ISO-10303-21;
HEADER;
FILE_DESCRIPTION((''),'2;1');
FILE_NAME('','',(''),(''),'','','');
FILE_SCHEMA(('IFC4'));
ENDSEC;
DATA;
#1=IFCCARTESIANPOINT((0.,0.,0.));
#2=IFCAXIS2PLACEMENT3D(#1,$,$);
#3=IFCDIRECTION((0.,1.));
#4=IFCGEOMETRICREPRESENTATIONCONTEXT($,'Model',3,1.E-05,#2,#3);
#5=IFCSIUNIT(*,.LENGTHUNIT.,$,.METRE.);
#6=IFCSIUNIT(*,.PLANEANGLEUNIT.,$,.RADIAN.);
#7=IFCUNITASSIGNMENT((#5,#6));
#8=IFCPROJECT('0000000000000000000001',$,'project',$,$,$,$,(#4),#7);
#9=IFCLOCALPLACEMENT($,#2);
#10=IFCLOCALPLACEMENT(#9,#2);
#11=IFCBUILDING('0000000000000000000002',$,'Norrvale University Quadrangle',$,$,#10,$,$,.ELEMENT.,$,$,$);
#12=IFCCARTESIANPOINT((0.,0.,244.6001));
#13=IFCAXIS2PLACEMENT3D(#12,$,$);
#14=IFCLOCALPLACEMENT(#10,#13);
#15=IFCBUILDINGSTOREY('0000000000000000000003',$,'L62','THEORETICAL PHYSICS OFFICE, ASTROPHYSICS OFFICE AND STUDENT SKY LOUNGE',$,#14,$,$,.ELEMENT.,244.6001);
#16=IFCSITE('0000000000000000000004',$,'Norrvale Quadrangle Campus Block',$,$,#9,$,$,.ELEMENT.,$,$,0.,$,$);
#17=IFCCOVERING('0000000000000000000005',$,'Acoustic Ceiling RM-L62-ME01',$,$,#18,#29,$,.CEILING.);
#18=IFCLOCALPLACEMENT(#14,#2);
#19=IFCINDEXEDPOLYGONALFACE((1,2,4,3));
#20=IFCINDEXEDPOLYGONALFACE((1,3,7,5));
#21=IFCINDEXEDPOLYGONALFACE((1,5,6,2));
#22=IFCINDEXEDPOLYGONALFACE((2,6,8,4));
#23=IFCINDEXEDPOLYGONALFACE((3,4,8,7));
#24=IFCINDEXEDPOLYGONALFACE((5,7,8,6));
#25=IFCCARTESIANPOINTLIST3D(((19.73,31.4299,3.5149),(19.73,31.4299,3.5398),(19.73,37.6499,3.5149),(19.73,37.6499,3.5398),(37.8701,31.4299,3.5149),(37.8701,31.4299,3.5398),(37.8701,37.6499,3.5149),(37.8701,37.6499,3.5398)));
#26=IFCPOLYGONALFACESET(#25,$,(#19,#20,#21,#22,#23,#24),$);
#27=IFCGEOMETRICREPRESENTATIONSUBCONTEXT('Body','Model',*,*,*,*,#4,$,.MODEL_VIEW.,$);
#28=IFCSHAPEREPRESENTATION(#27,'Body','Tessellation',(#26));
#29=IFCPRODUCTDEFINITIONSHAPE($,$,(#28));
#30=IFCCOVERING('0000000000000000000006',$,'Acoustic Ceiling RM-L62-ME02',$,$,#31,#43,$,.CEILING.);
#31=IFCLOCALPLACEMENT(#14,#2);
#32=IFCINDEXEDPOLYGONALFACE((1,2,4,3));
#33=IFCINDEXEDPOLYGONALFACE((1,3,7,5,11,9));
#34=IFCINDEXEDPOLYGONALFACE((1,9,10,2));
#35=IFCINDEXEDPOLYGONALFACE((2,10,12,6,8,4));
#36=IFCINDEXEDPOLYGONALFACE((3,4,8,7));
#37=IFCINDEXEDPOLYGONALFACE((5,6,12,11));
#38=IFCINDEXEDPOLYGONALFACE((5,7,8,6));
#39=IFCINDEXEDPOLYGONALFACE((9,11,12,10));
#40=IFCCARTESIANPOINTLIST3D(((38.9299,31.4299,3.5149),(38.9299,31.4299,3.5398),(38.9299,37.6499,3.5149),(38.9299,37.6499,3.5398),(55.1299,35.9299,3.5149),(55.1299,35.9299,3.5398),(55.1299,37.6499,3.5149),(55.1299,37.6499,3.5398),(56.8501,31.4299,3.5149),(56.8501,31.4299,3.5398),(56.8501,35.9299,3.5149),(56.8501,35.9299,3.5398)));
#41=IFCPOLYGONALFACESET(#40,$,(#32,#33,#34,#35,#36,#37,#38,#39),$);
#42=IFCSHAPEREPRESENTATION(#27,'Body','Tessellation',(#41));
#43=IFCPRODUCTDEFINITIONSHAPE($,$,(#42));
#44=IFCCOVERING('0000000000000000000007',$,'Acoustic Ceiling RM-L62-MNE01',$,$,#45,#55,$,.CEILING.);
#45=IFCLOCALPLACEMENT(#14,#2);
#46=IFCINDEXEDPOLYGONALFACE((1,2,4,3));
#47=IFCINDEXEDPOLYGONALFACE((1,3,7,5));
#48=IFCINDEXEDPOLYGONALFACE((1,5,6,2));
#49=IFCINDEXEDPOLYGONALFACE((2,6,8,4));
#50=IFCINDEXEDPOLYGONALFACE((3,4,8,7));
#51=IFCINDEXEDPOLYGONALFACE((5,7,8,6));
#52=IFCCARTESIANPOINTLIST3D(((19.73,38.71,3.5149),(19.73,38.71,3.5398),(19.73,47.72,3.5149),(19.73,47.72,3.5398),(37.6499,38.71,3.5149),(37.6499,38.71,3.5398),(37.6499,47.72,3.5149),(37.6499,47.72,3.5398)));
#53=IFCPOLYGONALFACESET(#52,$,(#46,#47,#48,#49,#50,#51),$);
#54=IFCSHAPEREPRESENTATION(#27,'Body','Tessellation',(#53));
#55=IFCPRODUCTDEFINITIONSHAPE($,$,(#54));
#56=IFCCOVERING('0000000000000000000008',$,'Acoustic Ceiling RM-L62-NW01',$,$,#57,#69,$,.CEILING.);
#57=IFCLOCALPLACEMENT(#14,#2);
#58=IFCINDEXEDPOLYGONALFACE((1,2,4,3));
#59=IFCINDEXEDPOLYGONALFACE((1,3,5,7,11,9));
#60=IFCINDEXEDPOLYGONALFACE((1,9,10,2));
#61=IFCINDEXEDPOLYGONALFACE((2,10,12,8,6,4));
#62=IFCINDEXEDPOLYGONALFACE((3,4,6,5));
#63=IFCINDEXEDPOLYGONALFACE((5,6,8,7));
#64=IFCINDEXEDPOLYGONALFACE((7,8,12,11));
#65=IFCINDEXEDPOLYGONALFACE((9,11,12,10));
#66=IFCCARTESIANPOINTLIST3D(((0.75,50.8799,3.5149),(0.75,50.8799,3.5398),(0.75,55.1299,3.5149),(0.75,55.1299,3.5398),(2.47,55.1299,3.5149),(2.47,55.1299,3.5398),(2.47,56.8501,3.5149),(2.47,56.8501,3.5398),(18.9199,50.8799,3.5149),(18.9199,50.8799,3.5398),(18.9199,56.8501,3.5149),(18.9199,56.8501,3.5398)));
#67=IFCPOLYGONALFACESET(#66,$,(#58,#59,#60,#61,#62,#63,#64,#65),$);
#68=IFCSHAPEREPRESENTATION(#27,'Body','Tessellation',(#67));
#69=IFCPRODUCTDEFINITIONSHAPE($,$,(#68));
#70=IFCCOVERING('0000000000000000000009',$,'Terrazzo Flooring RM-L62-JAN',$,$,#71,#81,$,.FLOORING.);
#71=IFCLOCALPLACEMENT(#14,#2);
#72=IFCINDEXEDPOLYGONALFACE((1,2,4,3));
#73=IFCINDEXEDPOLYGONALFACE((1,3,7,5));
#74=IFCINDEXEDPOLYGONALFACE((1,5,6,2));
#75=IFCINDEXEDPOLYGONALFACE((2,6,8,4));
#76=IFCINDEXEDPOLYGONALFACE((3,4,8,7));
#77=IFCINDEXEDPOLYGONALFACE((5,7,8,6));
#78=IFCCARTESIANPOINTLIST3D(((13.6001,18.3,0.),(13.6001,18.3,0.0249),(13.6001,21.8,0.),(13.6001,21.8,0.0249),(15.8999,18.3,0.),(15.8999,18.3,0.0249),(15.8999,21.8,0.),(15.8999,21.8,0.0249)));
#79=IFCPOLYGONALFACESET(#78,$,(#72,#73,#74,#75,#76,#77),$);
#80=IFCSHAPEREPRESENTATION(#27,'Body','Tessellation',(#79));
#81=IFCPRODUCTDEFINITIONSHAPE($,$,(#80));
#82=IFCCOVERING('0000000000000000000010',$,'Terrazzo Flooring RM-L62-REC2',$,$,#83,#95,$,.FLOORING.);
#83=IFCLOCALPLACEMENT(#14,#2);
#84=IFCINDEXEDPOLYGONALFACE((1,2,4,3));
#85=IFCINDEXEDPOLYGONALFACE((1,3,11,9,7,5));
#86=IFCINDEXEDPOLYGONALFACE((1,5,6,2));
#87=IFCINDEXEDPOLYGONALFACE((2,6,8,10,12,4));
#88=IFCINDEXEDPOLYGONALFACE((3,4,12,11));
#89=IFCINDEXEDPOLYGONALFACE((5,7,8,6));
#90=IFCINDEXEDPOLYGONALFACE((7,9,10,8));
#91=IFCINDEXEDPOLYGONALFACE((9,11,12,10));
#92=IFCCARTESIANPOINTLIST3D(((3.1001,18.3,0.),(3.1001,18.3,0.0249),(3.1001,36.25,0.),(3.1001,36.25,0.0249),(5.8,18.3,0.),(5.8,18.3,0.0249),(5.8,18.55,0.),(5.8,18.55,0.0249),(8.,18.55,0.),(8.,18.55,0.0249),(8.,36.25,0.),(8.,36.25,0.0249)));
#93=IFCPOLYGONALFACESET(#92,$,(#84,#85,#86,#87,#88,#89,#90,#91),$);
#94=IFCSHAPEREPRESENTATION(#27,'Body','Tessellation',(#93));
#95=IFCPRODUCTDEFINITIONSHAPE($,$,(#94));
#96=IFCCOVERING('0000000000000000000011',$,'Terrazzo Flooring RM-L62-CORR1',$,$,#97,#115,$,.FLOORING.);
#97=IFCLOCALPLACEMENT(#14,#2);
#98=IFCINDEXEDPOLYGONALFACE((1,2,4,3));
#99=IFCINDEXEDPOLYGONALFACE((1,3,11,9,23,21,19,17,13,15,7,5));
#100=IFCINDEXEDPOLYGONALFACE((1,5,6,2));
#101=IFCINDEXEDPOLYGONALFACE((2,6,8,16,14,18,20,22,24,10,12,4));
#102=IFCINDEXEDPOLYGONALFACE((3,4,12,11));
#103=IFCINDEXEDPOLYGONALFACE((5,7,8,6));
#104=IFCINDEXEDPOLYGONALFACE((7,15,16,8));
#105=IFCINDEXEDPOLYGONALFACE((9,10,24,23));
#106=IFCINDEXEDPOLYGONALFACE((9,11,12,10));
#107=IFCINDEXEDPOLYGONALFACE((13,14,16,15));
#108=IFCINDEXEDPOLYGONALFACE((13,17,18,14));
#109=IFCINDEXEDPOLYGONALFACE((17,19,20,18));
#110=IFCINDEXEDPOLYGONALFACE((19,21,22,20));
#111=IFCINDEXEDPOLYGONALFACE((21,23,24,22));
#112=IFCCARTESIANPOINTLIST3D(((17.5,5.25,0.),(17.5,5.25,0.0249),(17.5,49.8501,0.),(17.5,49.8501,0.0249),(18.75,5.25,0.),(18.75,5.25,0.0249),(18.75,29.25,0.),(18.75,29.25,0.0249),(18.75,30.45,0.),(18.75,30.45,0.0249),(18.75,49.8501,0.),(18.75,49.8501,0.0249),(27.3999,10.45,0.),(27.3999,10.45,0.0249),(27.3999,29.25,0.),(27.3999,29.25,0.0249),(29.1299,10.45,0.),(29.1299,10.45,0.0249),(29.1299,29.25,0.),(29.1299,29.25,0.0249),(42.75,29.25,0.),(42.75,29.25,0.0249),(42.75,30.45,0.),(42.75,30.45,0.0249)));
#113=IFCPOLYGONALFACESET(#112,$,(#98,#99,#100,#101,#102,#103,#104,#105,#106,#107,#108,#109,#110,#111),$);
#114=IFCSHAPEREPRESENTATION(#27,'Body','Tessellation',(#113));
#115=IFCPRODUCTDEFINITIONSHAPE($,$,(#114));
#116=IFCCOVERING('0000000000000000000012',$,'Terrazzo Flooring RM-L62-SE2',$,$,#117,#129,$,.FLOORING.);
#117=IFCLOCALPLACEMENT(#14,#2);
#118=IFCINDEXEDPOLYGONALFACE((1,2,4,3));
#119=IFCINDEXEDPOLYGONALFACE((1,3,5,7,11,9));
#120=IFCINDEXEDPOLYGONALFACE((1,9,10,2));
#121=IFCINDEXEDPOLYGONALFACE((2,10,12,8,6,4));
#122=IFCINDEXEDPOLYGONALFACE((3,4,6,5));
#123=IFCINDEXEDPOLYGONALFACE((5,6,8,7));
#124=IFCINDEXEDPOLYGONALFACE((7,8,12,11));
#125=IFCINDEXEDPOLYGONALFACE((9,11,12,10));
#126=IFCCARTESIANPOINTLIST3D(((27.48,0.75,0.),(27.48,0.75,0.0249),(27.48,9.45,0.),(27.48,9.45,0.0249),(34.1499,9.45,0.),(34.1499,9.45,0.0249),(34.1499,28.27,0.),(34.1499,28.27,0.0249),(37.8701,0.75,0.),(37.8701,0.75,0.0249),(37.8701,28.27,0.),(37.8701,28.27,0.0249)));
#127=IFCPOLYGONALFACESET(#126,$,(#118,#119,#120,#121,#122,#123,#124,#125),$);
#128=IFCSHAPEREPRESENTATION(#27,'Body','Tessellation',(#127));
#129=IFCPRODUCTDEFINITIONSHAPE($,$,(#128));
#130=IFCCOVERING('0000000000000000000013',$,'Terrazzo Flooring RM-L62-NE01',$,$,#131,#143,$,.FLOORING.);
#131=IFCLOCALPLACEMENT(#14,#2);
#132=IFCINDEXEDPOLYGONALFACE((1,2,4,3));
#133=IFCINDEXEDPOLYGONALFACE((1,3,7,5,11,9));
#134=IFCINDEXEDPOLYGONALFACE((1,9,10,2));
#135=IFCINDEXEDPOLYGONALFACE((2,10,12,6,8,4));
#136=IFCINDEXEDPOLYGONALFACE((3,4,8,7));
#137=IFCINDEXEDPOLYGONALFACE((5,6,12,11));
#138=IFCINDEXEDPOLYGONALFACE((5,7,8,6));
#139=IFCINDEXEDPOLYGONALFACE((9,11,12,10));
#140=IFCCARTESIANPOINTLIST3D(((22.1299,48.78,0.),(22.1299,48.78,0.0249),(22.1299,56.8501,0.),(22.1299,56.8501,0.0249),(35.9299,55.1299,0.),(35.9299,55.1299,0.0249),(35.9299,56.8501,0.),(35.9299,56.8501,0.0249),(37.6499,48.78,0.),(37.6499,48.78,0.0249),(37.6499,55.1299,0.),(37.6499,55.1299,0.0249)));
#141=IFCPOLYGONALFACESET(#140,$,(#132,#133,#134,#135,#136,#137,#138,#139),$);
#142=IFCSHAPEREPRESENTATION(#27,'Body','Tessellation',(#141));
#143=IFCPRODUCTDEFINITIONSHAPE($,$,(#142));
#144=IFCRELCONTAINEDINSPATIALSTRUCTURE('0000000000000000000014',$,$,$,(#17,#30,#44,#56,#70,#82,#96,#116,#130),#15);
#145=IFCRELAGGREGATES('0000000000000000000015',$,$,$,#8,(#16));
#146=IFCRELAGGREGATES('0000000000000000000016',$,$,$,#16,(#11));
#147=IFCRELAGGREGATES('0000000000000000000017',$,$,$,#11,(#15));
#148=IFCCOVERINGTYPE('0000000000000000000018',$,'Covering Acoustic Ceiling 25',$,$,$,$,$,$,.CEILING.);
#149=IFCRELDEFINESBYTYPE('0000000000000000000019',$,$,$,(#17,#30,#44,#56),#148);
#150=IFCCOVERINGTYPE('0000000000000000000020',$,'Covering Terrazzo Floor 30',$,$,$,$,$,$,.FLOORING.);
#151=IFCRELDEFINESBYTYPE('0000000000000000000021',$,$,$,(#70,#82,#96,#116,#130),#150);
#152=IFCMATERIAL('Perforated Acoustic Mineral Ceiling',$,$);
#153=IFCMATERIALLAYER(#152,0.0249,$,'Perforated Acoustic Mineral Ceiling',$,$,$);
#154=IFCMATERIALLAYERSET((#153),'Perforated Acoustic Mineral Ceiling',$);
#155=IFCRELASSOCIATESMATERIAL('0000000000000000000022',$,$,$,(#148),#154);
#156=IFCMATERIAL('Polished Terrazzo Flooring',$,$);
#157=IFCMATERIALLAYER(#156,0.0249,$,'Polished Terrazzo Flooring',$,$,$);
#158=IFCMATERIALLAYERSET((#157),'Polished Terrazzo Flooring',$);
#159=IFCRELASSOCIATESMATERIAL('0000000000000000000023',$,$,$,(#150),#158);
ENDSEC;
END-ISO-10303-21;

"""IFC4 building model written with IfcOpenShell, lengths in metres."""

from ifc_helpers import new_model, si_unit, direction, frame, origin, place, context, subcontext, project, spatial, polyline, outline, extrude, material, layer, layer_set, type_object, element, save


model = new_model("IFC4")

# Units and contexts
model_context = context("Model", 3, precision=1e-05, world=origin(), true_north=direction((0.0, 1.0)))
body_context = subcontext(model_context, "Body", "Model", "MODEL_VIEW")
ifc_project = project(units=[si_unit("LENGTHUNIT", "METRE"), si_unit("PLANEANGLEUNIT", "RADIAN")], contexts=[model_context])

# Site, building, storey
site_placement = place(None, origin())
site = spatial("IfcSite", under=ifc_project, at=site_placement, Name="Norrvale Quadrangle Campus Block", CompositionType="ELEMENT", RefElevation=0.0)
building_placement = place(site_placement, origin())
building = spatial("IfcBuilding", under=site, at=building_placement, Name="Norrvale University Quadrangle", CompositionType="ELEMENT")
storey_placement = place(building_placement, frame((0.0, 0.0, 244.6001)))
storey = spatial("IfcBuildingStorey", under=building, at=storey_placement, Name="L62", Description="THEORETICAL PHYSICS OFFICE, ASTROPHYSICS OFFICE AND STUDENT SKY LOUNGE", CompositionType="ELEMENT", Elevation=244.6001)

# Coverings
ifc_material_1 = material(Name="Perforated Acoustic Mineral Ceiling")
ifc_layer_1 = layer(ifc_material_1, 0.0249, Name="Perforated Acoustic Mineral Ceiling")
ifc_layer_set_1 = layer_set([ifc_layer_1], Name="Perforated Acoustic Mineral Ceiling")
covering_type_1 = type_object("IfcCoveringType", Name="Covering Acoustic Ceiling 25", PredefinedType="CEILING", material=ifc_layer_set_1)
covering_1_placement = place(storey_placement, frame((0.0, 0.0, 3.5149)))
element("IfcCovering", 1, at=covering_1_placement, inside=storey, type_object=covering_type_1, Name="Acoustic Ceiling RM-L62-ME01", PredefinedType="CEILING", context=body_context, shape_type="SweptSolid", body=[
    extrude(outline(polyline([(19.73, 37.6499), (37.8701, 37.6499), (37.8701, 31.4299), (19.73, 31.4299), (19.73, 37.6499)])), origin(), (0.0, 0.0, 1.0), 0.0249),
])
covering_2_placement = place(storey_placement, frame((0.0, 0.0, 3.5149)))
element("IfcCovering", 2, at=covering_2_placement, inside=storey, type_object=covering_type_1, Name="Acoustic Ceiling RM-L62-ME02", PredefinedType="CEILING", context=body_context, shape_type="SweptSolid", body=[
    extrude(outline(polyline([(56.8501, 31.4299), (38.9299, 31.4299), (38.9299, 37.6499), (55.1299, 37.6499), (55.1299, 35.9299), (56.8501, 35.9299), (56.8501, 31.4299)])), origin(), (0.0, 0.0, 1.0), 0.0249),
])
covering_3_placement = place(storey_placement, frame((0.0, 0.0, 3.5149)))
element("IfcCovering", 3, at=covering_3_placement, inside=storey, type_object=covering_type_1, Name="Acoustic Ceiling RM-L62-MNE01", PredefinedType="CEILING", context=body_context, shape_type="SweptSolid", body=[
    extrude(outline(polyline([(19.73, 47.72), (37.6499, 47.72), (37.6499, 38.71), (19.73, 38.71), (19.73, 47.72)])), origin(), (0.0, 0.0, 1.0), 0.0249),
])
covering_4_placement = place(storey_placement, frame((0.0, 0.0, 3.5149)))
element("IfcCovering", 4, at=covering_4_placement, inside=storey, type_object=covering_type_1, Name="Acoustic Ceiling RM-L62-NW01", PredefinedType="CEILING", context=body_context, shape_type="SweptSolid", body=[
    extrude(outline(polyline([(18.9199, 56.8501), (18.9199, 50.8799), (0.75, 50.8799), (0.75, 55.1299), (2.47, 55.1299), (2.47, 56.8501), (18.9199, 56.8501)])), origin(), (0.0, 0.0, 1.0), 0.0249),
])
ifc_material_2 = material(Name="Polished Terrazzo Flooring")
ifc_layer_2 = layer(ifc_material_2, 0.0249, Name="Polished Terrazzo Flooring")
ifc_layer_set_2 = layer_set([ifc_layer_2], Name="Polished Terrazzo Flooring")
covering_type_2 = type_object("IfcCoveringType", Name="Covering Terrazzo Floor 30", PredefinedType="FLOORING", material=ifc_layer_set_2)
covering_5_placement = place(storey_placement, origin())
element("IfcCovering", 5, at=covering_5_placement, inside=storey, type_object=covering_type_2, Name="Terrazzo Flooring RM-L62-JAN", PredefinedType="FLOORING", context=body_context, shape_type="SweptSolid", body=[
    extrude(outline(polyline([(13.6001, 18.3), (13.6001, 21.8), (15.8999, 21.8), (15.8999, 18.3), (13.6001, 18.3)])), origin(), (0.0, 0.0, 1.0), 0.0249),
])
covering_6_placement = place(storey_placement, origin())
element("IfcCovering", 6, at=covering_6_placement, inside=storey, type_object=covering_type_2, Name="Terrazzo Flooring RM-L62-REC2", PredefinedType="FLOORING", context=body_context, shape_type="SweptSolid", body=[
    extrude(outline(polyline([(3.1001, 18.3), (3.1001, 36.25), (8.0, 36.25), (8.0, 18.55), (5.8, 18.55), (5.8, 18.3), (3.1001, 18.3)])), origin(), (0.0, 0.0, 1.0), 0.0249),
])
covering_7_placement = place(storey_placement, origin())
element("IfcCovering", 7, at=covering_7_placement, inside=storey, type_object=covering_type_2, Name="Terrazzo Flooring RM-L62-CORR1", PredefinedType="FLOORING", context=body_context, shape_type="SweptSolid", body=[
    extrude(outline(polyline([(17.5, 5.25), (17.5, 49.8501), (18.75, 49.8501), (18.75, 30.45), (42.75, 30.45), (42.75, 29.25), (29.1299, 29.25), (29.1299, 10.45), (27.3999, 10.45), (27.3999, 29.25), (18.75, 29.25), (18.75, 5.25), (17.5, 5.25)])), origin(), (0.0, 0.0, 1.0), 0.0249),
])
covering_8_placement = place(storey_placement, origin())
element("IfcCovering", 8, at=covering_8_placement, inside=storey, type_object=covering_type_2, Name="Terrazzo Flooring RM-L62-SE2", PredefinedType="FLOORING", context=body_context, shape_type="SweptSolid", body=[
    extrude(outline(polyline([(27.48, 9.45), (34.1499, 9.45), (34.1499, 28.27), (37.8701, 28.27), (37.8701, 0.75), (27.48, 0.75), (27.48, 9.45)])), origin(), (0.0, 0.0, 1.0), 0.0249),
])
covering_9_placement = place(storey_placement, origin())
element("IfcCovering", 9, at=covering_9_placement, inside=storey, type_object=covering_type_2, Name="Terrazzo Flooring RM-L62-NE01", PredefinedType="FLOORING", context=body_context, shape_type="SweptSolid", body=[
    extrude(outline(polyline([(37.6499, 48.78), (22.1299, 48.78), (22.1299, 56.8501), (35.9299, 56.8501), (35.9299, 55.1299), (37.6499, 55.1299), (37.6499, 48.78)])), origin(), (0.0, 0.0, 1.0), 0.0249),
])

save(model, "model.ifc")
